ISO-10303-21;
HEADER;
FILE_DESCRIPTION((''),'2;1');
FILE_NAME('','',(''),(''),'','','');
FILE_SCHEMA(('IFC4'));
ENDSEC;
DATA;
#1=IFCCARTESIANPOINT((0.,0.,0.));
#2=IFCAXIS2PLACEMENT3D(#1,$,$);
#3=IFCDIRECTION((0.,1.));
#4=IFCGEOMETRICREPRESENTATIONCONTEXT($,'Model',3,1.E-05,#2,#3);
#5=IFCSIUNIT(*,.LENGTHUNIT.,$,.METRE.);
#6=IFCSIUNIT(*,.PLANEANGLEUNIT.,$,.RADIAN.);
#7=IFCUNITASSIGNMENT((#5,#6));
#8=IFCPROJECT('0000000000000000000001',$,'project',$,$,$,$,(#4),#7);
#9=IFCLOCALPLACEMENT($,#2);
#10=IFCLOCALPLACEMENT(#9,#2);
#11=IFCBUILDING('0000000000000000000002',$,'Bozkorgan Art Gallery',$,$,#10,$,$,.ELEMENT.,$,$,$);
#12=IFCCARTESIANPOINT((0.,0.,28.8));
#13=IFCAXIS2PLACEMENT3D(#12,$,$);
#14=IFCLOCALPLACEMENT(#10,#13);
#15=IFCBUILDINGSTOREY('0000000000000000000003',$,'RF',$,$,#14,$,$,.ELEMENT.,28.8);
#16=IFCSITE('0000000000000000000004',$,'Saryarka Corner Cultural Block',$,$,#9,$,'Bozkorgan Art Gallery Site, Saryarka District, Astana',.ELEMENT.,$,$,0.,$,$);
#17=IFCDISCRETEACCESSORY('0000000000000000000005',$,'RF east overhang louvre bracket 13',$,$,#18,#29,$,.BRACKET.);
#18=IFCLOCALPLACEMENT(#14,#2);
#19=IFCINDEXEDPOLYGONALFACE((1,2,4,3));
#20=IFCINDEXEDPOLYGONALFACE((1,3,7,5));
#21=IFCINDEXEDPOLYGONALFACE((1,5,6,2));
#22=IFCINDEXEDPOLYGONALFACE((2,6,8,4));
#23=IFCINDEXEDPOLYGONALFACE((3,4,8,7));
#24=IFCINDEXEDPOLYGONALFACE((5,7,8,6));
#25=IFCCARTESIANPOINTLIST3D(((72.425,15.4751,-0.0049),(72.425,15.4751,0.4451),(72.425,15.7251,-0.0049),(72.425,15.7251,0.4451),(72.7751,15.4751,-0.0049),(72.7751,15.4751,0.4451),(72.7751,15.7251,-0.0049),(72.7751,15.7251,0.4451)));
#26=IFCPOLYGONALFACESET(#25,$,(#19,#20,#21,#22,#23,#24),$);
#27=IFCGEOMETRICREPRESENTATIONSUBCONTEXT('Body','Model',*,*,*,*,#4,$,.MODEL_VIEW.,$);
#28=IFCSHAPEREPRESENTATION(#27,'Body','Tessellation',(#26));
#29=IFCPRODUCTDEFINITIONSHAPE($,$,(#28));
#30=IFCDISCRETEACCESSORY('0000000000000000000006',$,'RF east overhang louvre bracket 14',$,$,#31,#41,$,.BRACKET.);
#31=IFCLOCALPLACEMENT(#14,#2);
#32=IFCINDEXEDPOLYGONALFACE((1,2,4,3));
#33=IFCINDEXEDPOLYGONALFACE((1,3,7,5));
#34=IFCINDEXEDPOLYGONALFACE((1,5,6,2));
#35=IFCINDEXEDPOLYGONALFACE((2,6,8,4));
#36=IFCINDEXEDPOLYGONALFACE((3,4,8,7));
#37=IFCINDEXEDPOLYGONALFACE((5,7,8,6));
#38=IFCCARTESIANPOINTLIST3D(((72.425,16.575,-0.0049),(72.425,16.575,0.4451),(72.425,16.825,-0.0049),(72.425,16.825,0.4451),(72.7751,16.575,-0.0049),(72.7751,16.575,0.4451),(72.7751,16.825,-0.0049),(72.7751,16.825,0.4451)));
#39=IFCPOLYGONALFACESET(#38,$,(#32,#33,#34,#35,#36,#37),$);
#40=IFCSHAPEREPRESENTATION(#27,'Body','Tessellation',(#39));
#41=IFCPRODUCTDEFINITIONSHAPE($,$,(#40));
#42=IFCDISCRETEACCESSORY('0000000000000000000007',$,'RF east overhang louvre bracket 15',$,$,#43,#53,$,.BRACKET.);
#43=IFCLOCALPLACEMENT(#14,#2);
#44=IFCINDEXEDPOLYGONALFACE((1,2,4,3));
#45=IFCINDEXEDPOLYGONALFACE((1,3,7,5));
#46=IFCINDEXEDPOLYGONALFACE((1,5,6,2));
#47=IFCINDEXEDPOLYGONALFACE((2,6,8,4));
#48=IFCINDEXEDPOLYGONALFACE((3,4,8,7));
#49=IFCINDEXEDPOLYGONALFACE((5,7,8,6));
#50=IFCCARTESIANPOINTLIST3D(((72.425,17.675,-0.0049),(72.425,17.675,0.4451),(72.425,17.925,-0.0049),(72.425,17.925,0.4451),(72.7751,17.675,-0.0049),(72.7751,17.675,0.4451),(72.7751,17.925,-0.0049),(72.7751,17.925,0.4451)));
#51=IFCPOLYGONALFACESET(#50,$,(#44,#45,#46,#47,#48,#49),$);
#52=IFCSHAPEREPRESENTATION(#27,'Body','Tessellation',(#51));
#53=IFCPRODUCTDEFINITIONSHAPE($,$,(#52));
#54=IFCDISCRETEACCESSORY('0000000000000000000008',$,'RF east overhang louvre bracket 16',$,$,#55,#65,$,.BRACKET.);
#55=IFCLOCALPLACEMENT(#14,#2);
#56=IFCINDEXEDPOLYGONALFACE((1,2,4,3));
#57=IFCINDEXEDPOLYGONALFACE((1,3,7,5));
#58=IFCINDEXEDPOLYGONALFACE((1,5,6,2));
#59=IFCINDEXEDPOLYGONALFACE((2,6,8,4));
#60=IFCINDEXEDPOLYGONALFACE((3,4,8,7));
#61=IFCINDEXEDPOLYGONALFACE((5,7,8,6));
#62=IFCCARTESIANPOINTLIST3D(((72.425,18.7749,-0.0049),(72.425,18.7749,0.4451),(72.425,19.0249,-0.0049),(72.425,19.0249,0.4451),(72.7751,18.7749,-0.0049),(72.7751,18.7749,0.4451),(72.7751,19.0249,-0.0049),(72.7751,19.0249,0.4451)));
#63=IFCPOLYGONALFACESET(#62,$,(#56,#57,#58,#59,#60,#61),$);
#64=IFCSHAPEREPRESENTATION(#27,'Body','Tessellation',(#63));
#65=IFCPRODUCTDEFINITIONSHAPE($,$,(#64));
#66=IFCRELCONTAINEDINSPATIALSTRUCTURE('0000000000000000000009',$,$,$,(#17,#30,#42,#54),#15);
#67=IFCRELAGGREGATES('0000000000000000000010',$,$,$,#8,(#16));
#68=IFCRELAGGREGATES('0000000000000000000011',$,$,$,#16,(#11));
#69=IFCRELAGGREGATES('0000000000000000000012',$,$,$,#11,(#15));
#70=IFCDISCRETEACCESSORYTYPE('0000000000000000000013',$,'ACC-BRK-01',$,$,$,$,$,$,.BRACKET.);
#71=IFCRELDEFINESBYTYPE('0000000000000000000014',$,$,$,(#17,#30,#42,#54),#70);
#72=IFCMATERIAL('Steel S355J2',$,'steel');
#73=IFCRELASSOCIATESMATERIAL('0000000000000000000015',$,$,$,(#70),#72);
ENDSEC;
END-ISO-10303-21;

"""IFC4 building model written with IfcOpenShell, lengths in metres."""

from ifc_helpers import new_model, si_unit, direction, frame, origin, origin_2d, place, context, subcontext, project, spatial, rectangle, extrude, material, type_object, element, save


model = new_model("IFC4")

# Units and contexts
model_context = context("Model", 3, precision=1e-05, world=origin(), true_north=direction((0.0, 1.0)))
body_context = subcontext(model_context, "Body", "Model", "MODEL_VIEW")
ifc_project = project(units=[si_unit("LENGTHUNIT", "METRE"), si_unit("PLANEANGLEUNIT", "RADIAN")], contexts=[model_context])

# Site, building, storey
site_placement = place(None, origin())
site = spatial("IfcSite", under=ifc_project, at=site_placement, Name="Saryarka Corner Cultural Block", LongName="Bozkorgan Art Gallery Site, Saryarka District, Astana", CompositionType="ELEMENT", RefElevation=0.0)
building_placement = place(site_placement, origin())
building = spatial("IfcBuilding", under=site, at=building_placement, Name="Bozkorgan Art Gallery", CompositionType="ELEMENT")
storey_placement = place(building_placement, frame((0.0, 0.0, 28.8)))
storey = spatial("IfcBuildingStorey", under=building, at=storey_placement, Name="RF", CompositionType="ELEMENT", Elevation=28.8)

# Shared definitions
ifc_material_1 = material(Name="Steel S355J2", Category="steel")

# Discrete accessories
discrete_accessory_type = type_object("IfcDiscreteAccessoryType", Name="ACC-BRK-01", PredefinedType="BRACKET", material=ifc_material_1)
for number, where, z_axis, x_axis, name in (
    (1, (72.6001, 15.6001, -0.0049), (0.0, 0.0, 1.0), (1.0, 0.0, 0.0), "RF east overhang louvre bracket 13"),
    (2, (72.6001, 16.7, -0.0049), (0.0, 0.0, 1.0), (1.0, 0.0, 0.0), "RF east overhang louvre bracket 14"),
    (3, (72.6001, 17.8, -0.0049), (0.0, 0.0, 1.0), (1.0, 0.0, 0.0), "RF east overhang louvre bracket 15"),
    (4, (72.6001, 18.8999, -0.0049), (0.0, 0.0, 1.0), (1.0, 0.0, 0.0), "RF east overhang louvre bracket 16"),
):
    element("IfcDiscreteAccessory", number, at=place(storey_placement, frame(where, z_axis=z_axis, x_axis=x_axis)), inside=storey, type_object=discrete_accessory_type, Name=name, PredefinedType="BRACKET", context=body_context, shape_type="SweptSolid", body=[
        extrude(rectangle(XDim=0.3501, YDim=0.25, at=origin_2d()), origin(), (0.0, 0.0, 1.0), 0.45),
    ])

save(model, "model.ifc")
